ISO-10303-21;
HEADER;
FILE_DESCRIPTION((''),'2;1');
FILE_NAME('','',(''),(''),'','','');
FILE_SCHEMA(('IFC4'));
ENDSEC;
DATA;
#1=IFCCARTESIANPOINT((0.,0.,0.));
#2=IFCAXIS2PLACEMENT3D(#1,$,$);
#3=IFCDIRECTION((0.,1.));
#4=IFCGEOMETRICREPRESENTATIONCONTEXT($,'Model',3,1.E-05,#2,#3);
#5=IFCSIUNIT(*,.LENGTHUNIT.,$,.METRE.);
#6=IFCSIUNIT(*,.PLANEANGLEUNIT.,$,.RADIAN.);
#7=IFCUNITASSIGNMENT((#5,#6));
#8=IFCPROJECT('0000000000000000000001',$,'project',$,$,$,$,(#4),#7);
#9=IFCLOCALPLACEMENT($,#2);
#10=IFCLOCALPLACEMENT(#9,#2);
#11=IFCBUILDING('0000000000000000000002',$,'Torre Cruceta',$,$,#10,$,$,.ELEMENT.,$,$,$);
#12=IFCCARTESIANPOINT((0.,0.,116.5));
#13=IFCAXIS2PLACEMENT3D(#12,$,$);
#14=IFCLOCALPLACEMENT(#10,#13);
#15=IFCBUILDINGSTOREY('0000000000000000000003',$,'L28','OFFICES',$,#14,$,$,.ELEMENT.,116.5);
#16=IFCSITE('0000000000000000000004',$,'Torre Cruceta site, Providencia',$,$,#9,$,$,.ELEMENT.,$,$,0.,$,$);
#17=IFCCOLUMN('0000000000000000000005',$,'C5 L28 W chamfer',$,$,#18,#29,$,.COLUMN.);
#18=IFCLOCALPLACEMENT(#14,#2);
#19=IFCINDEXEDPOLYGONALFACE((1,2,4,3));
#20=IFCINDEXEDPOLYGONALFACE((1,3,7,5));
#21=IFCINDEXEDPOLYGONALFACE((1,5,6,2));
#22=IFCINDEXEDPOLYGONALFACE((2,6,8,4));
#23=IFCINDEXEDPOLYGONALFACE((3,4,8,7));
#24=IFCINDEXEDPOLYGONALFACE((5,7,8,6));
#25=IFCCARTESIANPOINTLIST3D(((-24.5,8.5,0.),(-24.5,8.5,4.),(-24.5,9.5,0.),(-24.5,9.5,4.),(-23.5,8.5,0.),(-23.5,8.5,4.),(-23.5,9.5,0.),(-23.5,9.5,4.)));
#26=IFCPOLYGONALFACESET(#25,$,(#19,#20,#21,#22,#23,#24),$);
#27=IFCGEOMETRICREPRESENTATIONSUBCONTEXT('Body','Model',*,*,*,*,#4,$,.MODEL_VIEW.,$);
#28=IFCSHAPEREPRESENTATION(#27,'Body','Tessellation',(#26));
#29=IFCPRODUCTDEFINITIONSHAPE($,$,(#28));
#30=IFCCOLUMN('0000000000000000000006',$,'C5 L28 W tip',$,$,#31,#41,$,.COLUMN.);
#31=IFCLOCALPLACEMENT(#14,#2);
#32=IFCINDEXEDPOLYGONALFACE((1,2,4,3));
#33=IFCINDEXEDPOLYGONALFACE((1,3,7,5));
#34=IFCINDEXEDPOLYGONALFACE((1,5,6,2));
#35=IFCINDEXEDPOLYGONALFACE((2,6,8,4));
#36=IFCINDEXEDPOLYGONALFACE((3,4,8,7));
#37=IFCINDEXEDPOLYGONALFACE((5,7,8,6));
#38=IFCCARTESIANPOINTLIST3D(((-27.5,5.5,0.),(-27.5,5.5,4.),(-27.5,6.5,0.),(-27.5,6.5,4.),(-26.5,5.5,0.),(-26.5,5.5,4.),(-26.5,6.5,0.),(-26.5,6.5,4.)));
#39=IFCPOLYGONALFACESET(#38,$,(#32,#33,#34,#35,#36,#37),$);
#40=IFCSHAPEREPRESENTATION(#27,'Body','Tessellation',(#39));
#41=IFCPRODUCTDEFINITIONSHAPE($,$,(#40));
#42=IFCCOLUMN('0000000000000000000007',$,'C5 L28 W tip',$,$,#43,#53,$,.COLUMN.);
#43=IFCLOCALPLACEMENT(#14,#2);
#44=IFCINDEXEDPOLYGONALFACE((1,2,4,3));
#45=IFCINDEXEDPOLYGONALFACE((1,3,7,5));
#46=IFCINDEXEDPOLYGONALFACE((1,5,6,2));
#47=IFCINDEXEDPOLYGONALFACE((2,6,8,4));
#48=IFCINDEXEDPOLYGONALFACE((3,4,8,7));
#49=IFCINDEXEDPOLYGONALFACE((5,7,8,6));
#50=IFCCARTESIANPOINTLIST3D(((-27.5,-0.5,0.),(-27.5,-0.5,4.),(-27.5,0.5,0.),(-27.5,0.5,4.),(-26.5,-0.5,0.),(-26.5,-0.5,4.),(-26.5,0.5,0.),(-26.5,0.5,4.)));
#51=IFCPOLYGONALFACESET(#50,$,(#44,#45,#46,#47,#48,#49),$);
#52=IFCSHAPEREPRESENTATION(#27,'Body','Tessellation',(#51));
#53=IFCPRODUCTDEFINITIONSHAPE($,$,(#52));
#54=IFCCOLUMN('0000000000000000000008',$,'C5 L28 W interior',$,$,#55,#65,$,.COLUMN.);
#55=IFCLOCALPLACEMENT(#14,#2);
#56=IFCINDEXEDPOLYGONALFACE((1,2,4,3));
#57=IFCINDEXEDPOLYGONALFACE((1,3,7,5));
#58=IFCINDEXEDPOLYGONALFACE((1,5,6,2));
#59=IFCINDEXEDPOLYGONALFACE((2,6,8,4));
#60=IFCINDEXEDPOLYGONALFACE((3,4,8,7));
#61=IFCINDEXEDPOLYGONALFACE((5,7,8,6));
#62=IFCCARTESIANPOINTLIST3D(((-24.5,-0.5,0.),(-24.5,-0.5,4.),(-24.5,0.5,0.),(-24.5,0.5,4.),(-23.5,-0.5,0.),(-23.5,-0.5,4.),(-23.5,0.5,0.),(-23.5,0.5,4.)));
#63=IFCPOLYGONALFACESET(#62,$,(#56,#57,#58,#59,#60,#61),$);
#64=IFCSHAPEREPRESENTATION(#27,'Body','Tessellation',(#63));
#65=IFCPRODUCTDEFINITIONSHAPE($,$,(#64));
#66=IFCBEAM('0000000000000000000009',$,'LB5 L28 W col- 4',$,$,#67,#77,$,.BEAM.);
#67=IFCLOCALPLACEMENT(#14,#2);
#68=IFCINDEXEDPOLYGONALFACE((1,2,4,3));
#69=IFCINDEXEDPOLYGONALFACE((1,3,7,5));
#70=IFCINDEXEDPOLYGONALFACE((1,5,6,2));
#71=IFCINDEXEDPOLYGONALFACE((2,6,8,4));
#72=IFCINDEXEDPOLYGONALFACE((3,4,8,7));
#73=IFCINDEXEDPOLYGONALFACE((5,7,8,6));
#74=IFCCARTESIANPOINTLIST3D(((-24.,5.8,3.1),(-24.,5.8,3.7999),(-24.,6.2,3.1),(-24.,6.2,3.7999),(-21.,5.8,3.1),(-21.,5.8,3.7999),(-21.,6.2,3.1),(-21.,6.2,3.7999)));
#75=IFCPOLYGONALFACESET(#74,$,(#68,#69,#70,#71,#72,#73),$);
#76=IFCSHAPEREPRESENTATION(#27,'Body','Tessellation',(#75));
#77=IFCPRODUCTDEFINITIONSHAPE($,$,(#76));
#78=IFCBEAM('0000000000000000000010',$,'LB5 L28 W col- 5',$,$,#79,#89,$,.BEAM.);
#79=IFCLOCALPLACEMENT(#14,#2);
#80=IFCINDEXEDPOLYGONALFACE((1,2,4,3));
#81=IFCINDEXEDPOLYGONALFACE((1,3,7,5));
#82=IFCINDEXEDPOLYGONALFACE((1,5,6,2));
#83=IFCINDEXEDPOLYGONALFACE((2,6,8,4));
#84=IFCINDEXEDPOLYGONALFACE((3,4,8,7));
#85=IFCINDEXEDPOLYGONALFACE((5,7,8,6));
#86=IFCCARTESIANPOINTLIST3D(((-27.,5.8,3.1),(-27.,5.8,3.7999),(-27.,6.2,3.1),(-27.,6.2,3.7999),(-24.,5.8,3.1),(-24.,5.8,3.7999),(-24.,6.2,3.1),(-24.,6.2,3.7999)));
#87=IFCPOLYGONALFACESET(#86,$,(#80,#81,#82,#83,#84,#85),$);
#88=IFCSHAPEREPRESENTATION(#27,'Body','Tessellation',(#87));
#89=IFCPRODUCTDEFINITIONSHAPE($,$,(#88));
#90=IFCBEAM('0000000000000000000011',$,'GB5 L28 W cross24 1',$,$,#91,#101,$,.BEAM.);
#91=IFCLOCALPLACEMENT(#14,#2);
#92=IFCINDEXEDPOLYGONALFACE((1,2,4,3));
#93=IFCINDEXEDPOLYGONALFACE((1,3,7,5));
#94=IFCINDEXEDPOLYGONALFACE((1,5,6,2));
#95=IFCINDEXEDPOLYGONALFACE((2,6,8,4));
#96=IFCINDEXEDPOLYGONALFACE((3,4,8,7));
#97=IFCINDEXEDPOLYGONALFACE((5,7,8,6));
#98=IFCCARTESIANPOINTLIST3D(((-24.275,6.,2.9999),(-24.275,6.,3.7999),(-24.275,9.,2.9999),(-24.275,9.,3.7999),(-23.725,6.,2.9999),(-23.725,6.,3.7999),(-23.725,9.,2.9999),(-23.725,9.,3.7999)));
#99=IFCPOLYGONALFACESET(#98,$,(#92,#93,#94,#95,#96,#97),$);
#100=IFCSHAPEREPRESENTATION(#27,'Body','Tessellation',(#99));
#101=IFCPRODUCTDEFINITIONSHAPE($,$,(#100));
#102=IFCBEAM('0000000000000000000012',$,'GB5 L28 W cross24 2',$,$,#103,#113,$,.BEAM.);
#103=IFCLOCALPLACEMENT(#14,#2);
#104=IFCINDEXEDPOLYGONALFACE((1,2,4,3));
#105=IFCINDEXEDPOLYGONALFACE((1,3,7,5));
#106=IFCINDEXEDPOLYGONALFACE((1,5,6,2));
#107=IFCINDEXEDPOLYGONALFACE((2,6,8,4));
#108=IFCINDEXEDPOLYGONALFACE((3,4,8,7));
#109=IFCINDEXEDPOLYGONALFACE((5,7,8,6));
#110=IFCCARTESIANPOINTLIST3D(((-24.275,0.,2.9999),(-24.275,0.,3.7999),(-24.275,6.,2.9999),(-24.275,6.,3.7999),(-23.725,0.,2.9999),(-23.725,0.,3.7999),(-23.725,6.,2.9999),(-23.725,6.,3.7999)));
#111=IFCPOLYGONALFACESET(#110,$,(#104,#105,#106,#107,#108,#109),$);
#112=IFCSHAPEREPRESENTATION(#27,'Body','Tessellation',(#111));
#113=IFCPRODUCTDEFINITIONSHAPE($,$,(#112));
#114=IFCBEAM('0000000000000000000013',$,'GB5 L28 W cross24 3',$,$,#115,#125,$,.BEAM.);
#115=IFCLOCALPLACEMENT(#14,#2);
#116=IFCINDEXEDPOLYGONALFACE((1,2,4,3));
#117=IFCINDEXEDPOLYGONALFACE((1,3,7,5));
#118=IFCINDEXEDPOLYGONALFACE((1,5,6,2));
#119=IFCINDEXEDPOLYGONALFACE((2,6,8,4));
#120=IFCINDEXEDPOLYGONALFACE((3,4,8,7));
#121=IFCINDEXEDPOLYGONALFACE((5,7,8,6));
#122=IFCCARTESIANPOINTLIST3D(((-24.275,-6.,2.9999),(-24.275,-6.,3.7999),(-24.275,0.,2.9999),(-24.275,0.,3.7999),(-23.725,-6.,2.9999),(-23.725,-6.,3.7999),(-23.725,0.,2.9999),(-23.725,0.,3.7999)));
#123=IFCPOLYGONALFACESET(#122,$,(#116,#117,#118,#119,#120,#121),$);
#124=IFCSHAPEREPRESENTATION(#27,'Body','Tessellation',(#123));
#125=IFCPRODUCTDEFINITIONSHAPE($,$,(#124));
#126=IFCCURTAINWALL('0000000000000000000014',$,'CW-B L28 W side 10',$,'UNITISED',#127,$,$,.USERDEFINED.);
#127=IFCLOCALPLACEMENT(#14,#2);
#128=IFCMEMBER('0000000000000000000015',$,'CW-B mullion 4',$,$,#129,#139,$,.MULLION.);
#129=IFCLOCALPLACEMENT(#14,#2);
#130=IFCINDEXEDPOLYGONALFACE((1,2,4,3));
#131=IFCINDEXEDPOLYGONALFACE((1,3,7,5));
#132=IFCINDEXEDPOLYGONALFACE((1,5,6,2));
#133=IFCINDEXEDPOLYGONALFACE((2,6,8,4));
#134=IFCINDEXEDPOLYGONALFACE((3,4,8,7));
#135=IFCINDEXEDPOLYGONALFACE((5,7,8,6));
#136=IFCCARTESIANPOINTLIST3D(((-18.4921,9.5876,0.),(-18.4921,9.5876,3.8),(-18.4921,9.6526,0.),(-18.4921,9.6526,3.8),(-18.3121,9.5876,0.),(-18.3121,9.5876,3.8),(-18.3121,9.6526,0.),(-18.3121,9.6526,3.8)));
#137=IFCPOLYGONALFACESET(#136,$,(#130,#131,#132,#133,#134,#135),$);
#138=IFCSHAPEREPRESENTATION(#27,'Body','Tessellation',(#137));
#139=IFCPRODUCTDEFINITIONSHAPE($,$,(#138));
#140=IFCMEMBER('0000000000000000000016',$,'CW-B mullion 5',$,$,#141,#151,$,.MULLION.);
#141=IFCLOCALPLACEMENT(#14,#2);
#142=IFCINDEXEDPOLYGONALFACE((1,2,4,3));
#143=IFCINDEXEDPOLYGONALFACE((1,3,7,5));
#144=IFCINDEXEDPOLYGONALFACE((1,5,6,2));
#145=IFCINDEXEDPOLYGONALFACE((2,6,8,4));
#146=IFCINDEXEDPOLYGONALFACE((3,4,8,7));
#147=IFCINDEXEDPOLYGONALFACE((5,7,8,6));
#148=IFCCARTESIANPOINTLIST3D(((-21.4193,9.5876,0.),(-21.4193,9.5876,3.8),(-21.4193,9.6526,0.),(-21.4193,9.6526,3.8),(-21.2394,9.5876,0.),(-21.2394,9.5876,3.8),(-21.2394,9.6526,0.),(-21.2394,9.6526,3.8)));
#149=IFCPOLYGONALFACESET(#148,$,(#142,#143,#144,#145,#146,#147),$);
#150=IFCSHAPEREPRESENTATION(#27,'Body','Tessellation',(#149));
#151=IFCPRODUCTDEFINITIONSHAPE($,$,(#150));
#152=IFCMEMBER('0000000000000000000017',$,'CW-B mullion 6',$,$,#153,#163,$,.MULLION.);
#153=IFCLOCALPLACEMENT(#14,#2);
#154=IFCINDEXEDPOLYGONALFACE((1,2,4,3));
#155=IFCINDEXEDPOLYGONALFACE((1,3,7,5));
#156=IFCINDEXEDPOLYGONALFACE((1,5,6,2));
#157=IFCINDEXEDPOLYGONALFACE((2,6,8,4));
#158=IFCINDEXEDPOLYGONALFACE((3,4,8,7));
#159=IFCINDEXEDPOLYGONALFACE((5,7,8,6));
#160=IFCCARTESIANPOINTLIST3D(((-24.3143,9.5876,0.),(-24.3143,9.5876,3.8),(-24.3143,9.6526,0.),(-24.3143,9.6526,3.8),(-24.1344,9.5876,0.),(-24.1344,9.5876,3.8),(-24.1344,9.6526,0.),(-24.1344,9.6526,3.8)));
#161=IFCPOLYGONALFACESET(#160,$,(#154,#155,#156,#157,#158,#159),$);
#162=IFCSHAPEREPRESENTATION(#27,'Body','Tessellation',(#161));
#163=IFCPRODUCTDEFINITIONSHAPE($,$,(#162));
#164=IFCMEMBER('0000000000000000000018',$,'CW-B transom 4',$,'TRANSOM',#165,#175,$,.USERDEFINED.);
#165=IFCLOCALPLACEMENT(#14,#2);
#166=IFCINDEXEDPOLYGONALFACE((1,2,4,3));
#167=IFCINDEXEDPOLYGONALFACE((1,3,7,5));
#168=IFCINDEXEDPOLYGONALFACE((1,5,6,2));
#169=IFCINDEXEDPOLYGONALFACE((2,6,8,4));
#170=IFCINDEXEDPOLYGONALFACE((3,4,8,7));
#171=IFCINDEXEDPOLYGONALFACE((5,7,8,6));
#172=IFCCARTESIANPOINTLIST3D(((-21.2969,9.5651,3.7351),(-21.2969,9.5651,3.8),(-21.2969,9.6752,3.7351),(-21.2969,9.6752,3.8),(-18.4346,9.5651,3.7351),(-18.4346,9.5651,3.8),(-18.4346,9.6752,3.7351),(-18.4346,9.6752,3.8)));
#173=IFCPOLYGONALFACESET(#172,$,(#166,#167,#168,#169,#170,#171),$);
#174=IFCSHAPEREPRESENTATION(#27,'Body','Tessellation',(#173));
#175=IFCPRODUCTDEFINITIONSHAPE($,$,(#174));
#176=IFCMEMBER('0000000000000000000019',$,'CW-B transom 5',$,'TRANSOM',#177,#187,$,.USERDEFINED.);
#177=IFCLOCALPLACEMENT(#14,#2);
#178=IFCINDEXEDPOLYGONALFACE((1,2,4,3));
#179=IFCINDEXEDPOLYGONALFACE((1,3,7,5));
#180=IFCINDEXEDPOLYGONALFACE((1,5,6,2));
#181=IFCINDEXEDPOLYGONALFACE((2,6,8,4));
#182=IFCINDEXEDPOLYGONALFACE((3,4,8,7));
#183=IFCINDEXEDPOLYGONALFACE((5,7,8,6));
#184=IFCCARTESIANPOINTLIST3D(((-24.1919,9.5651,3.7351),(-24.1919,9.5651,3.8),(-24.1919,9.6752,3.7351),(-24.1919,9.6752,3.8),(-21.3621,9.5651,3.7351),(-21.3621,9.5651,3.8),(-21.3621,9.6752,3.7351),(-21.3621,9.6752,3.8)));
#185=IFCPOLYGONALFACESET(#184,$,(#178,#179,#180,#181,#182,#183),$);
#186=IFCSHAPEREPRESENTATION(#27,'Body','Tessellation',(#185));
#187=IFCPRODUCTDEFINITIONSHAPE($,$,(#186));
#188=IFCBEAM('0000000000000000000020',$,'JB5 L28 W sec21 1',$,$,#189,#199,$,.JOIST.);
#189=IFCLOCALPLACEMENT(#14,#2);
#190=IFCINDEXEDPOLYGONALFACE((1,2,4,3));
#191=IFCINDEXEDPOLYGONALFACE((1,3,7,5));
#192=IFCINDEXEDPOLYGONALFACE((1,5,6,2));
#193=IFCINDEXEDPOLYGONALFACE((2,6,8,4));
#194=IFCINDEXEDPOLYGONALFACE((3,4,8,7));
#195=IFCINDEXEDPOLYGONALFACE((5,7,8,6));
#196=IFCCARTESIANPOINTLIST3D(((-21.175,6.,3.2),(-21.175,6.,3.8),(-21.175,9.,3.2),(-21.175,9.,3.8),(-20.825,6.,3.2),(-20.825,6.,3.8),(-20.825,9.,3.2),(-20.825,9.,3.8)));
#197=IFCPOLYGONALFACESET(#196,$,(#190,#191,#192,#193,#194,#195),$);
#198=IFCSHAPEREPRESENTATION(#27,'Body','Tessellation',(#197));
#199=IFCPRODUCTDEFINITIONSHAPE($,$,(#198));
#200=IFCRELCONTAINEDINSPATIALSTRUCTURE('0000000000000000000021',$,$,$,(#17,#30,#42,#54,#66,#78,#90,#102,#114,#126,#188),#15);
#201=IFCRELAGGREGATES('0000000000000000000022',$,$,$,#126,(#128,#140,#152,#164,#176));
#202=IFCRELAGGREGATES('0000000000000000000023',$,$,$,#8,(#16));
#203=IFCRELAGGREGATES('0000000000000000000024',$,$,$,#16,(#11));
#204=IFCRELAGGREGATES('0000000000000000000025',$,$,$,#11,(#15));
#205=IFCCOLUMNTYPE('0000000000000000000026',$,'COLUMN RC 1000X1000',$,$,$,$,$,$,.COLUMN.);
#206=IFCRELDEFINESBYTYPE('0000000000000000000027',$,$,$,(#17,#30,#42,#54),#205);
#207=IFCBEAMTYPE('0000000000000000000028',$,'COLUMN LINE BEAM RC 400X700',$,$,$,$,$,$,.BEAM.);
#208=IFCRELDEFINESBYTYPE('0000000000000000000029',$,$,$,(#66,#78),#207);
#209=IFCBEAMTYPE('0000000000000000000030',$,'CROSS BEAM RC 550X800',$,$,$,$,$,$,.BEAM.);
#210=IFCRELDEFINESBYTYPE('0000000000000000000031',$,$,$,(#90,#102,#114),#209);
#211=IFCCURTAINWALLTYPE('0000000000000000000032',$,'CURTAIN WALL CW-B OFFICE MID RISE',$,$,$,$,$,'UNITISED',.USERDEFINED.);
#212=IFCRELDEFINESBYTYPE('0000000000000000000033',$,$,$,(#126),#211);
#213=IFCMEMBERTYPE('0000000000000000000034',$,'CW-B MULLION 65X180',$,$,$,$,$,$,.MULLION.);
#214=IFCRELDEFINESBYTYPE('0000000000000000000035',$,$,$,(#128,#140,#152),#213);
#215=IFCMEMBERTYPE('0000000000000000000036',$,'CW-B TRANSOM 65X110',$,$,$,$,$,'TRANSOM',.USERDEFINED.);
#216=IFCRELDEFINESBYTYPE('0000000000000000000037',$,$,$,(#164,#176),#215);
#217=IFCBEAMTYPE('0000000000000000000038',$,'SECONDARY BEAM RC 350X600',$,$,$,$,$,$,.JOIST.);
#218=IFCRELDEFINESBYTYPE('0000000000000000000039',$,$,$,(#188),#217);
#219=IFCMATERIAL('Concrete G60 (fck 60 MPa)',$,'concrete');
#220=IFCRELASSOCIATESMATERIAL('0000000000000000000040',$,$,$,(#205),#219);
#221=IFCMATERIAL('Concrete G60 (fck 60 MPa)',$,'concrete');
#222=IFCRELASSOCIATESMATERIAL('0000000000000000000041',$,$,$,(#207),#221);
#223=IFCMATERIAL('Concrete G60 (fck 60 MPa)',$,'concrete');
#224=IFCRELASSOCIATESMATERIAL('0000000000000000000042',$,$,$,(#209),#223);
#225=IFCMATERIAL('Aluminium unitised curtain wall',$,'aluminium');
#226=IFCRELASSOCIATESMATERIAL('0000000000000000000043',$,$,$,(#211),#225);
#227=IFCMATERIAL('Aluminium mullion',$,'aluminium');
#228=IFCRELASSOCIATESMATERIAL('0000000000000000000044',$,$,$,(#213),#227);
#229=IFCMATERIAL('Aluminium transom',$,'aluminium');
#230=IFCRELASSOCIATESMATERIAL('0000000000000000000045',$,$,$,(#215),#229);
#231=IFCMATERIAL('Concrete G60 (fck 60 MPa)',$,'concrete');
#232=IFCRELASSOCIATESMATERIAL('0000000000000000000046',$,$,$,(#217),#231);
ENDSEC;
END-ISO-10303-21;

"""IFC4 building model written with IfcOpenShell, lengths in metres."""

from ifc_helpers import new_model, si_unit, direction, frame, origin, origin_2d, place, context, subcontext, project, spatial, rectangle, extrude, material, material_profile, profile_set, type_object, element, aggregate, save


model = new_model("IFC4")

# Units and contexts
model_context = context("Model", 3, precision=1e-05, world=origin(), true_north=direction((0.0, 1.0)))
body_context = subcontext(model_context, "Body", "Model", "MODEL_VIEW")
ifc_project = project(units=[si_unit("LENGTHUNIT", "METRE"), si_unit("PLANEANGLEUNIT", "RADIAN")], contexts=[model_context])

# Site, building, storey
site_placement = place(None, origin())
site = spatial("IfcSite", under=ifc_project, at=site_placement, Name="Torre Cruceta site, Providencia", CompositionType="ELEMENT", RefElevation=0.0)
building_placement = place(site_placement, origin())
building = spatial("IfcBuilding", under=site, at=building_placement, Name="Torre Cruceta", CompositionType="ELEMENT")
storey_placement = place(building_placement, frame((0.0, 0.0, 116.5)))
storey = spatial("IfcBuildingStorey", under=building, at=storey_placement, Name="L28", Description="OFFICES", CompositionType="ELEMENT", Elevation=116.5)

# Columns
ifc_material_1 = material(Name="Concrete G60 (fck 60 MPa)", Category="concrete")
ifc_material_profile_1 = material_profile(ifc_material_1, rectangle(XDim=1.0, YDim=1.0, at=origin_2d()), Name="RC 1000X1000")
ifc_profile_set_1 = profile_set([ifc_material_profile_1], Name="Concrete G60 (fck 60 MPa)")
column_type = type_object("IfcColumnType", Name="COLUMN RC 1000X1000", PredefinedType="COLUMN", material=ifc_profile_set_1)
for number, where, z_axis, x_axis, name in (
    (1, (-24.0, 9.0, 0.0), (0.0, 0.0, 1.0), (1.0, 0.0, 0.0), "C5 L28 W chamfer"),
    (2, (-27.0, 6.0, 0.0), (0.0, 0.0, 1.0), (1.0, 0.0, 0.0), "C5 L28 W tip"),
    (3, (-27.0, 0.0, 0.0), (0.0, 0.0, 1.0), (1.0, 0.0, 0.0), "C5 L28 W tip"),
    (4, (-24.0, 0.0, 0.0), (0.0, 0.0, 1.0), (1.0, 0.0, 0.0), "C5 L28 W interior"),
):
    element("IfcColumn", number, at=place(storey_placement, frame(where, z_axis=z_axis, x_axis=x_axis)), inside=storey, type_object=column_type, Name=name, PredefinedType="COLUMN", context=body_context, shape_type="SweptSolid", body=[
        extrude(rectangle(XDim=1.0, YDim=1.0, at=origin_2d()), origin(), (0.0, 0.0, 1.0), 4.0),
    ])

# Beams
ifc_material_2 = material(Name="Concrete G60 (fck 60 MPa)", Category="concrete")
ifc_material_profile_2 = material_profile(ifc_material_2, rectangle(XDim=0.3999, YDim=0.7, at=origin_2d()), Name="RC 400X700")
ifc_profile_set_2 = profile_set([ifc_material_profile_2], Name="Concrete G60 (fck 60 MPa)")
beam_type_1 = type_object("IfcBeamType", Name="COLUMN LINE BEAM RC 400X700", PredefinedType="BEAM", material=ifc_profile_set_2)
for number, where, z_axis, x_axis, name in (
    (5, (-21.0, 6.0, 3.45), (-1.0, 0.0, 0.0), (0.0, -1.0, 0.0), "LB5 L28 W col- 4"),
    (6, (-24.0, 6.0, 3.45), (-1.0, 0.0, 0.0), (0.0, -1.0, 0.0), "LB5 L28 W col- 5"),
):
    element("IfcBeam", number, at=place(storey_placement, frame(where, z_axis=z_axis, x_axis=x_axis)), inside=storey, type_object=beam_type_1, Name=name, PredefinedType="BEAM", context=body_context, shape_type="SweptSolid", body=[
        extrude(rectangle(XDim=0.3999, YDim=0.7, at=origin_2d()), origin(), (0.0, 0.0, 1.0), 3.0),
    ])
ifc_material_3 = material(Name="Concrete G60 (fck 60 MPa)", Category="concrete")
ifc_material_profile_3 = material_profile(ifc_material_3, rectangle(XDim=0.55, YDim=0.8, at=origin_2d()), Name="RC 550X800")
ifc_profile_set_3 = profile_set([ifc_material_profile_3], Name="Concrete G60 (fck 60 MPa)")
beam_type_2 = type_object("IfcBeamType", Name="CROSS BEAM RC 550X800", PredefinedType="BEAM", material=ifc_profile_set_3)
beam_1_placement = place(storey_placement, frame((-24.0, 9.0, 3.3999), z_axis=(0.0, -1.0, 0.0), x_axis=(1.0, 0.0, 0.0)))
element("IfcBeam", 7, at=beam_1_placement, inside=storey, type_object=beam_type_2, Name="GB5 L28 W cross24 1", PredefinedType="BEAM", context=body_context, shape_type="SweptSolid", body=[
    extrude(rectangle(XDim=0.55, YDim=0.8, at=origin_2d()), origin(), (0.0, 0.0, 1.0), 3.0),
])
for number, where, z_axis, x_axis, name in (
    (8, (-24.0, 6.0, 3.3999), (0.0, -1.0, 0.0), (1.0, 0.0, 0.0), "GB5 L28 W cross24 2"),
    (9, (-24.0, 0.0, 3.3999), (0.0, -1.0, 0.0), (1.0, 0.0, 0.0), "GB5 L28 W cross24 3"),
):
    element("IfcBeam", number, at=place(storey_placement, frame(where, z_axis=z_axis, x_axis=x_axis)), inside=storey, type_object=beam_type_2, Name=name, PredefinedType="BEAM", context=body_context, shape_type="SweptSolid", body=[
        extrude(rectangle(XDim=0.55, YDim=0.8, at=origin_2d()), origin(), (0.0, 0.0, 1.0), 6.0),
    ])

# Curtain wall, members
ifc_material_4 = material(Name="Aluminium unitised curtain wall", Category="aluminium")
curtain_wall_type = type_object("IfcCurtainWallType", Name="CURTAIN WALL CW-B OFFICE MID RISE", ElementType="UNITISED", PredefinedType="USERDEFINED", material=ifc_material_4)
curtain_wall_placement = place(storey_placement, origin())
curtain_wall = element("IfcCurtainWall", 10, at=curtain_wall_placement, inside=storey, type_object=curtain_wall_type, Name="CW-B L28 W side 10", ObjectType="UNITISED", PredefinedType="USERDEFINED")
ifc_material_5 = material(Name="Aluminium mullion", Category="aluminium")
ifc_material_profile_4 = material_profile(ifc_material_5, rectangle(XDim=0.0649, YDim=0.1799, at=origin_2d()), Name="AL 65X180")
ifc_profile_set_4 = profile_set([ifc_material_profile_4], Name="Aluminium mullion")
member_type_1 = type_object("IfcMemberType", Name="CW-B MULLION 65X180", PredefinedType="MULLION", material=ifc_profile_set_4)
member_1_placement = place(storey_placement, frame((-18.4021, 9.6201, 0.0), z_axis=(0.0, 0.0, 1.0), x_axis=(0.0, -1.0, 0.0)))
member_1 = element("IfcMember", 11, at=member_1_placement, type_object=member_type_1, Name="CW-B mullion 4", PredefinedType="MULLION", context=body_context, shape_type="SweptSolid", body=[
    extrude(rectangle(XDim=0.0649, YDim=0.1799, at=origin_2d()), origin(), (0.0, 0.0, 1.0), 3.8),
])
member_2_placement = place(storey_placement, frame((-21.3293, 9.6201, 0.0), z_axis=(0.0, 0.0, 1.0), x_axis=(0.0, -1.0, 0.0)))
member_2 = element("IfcMember", 12, at=member_2_placement, type_object=member_type_1, Name="CW-B mullion 5", PredefinedType="MULLION", context=body_context, shape_type="SweptSolid", body=[
    extrude(rectangle(XDim=0.0649, YDim=0.1799, at=origin_2d()), origin(), (0.0, 0.0, 1.0), 3.8),
])
member_3_placement = place(storey_placement, frame((-24.2244, 9.6201, 0.0), z_axis=(0.0, 0.0, 1.0), x_axis=(0.0, -1.0, 0.0)))
member_3 = element("IfcMember", 13, at=member_3_placement, type_object=member_type_1, Name="CW-B mullion 6", PredefinedType="MULLION", context=body_context, shape_type="SweptSolid", body=[
    extrude(rectangle(XDim=0.0649, YDim=0.1799, at=origin_2d()), origin(), (0.0, 0.0, 1.0), 3.8),
])
ifc_material_6 = material(Name="Aluminium transom", Category="aluminium")
ifc_material_profile_5 = material_profile(ifc_material_6, rectangle(XDim=0.1101, YDim=0.0649, at=origin_2d()), Name="AL 110X65")
ifc_profile_set_5 = profile_set([ifc_material_profile_5], Name="Aluminium transom")
member_type_2 = type_object("IfcMemberType", Name="CW-B TRANSOM 65X110", ElementType="TRANSOM", PredefinedType="USERDEFINED", material=ifc_profile_set_5)
member_4_placement = place(storey_placement, frame((-18.4346, 9.6201, 3.7676), z_axis=(-1.0, 0.0, 0.0), x_axis=(0.0, -1.0, 0.0)))
member_4 = element("IfcMember", 14, at=member_4_placement, type_object=member_type_2, Name="CW-B transom 4", ObjectType="TRANSOM", PredefinedType="USERDEFINED", context=body_context, shape_type="SweptSolid", body=[
    extrude(rectangle(XDim=0.1101, YDim=0.0649, at=origin_2d()), origin(), (0.0, 0.0, 1.0), 2.8623),
])
member_5_placement = place(storey_placement, frame((-21.3621, 9.6201, 3.7676), z_axis=(-1.0, 0.0, 0.0), x_axis=(0.0, -1.0, 0.0)))
member_5 = element("IfcMember", 15, at=member_5_placement, type_object=member_type_2, Name="CW-B transom 5", ObjectType="TRANSOM", PredefinedType="USERDEFINED", context=body_context, shape_type="SweptSolid", body=[
    extrude(rectangle(XDim=0.1101, YDim=0.0649, at=origin_2d()), origin(), (0.0, 0.0, 1.0), 2.8298),
])

# Beam
ifc_material_7 = material(Name="Concrete G60 (fck 60 MPa)", Category="concrete")
ifc_material_profile_6 = material_profile(ifc_material_7, rectangle(XDim=0.3501, YDim=0.6001, at=origin_2d()), Name="RC 350X600")
ifc_profile_set_6 = profile_set([ifc_material_profile_6], Name="Concrete G60 (fck 60 MPa)")
beam_type_3 = type_object("IfcBeamType", Name="SECONDARY BEAM RC 350X600", PredefinedType="JOIST", material=ifc_profile_set_6)
beam_2_placement = place(storey_placement, frame((-21.0, 9.0, 3.5), z_axis=(0.0, -1.0, 0.0), x_axis=(1.0, 0.0, 0.0)))
element("IfcBeam", 16, at=beam_2_placement, inside=storey, type_object=beam_type_3, Name="JB5 L28 W sec21 1", PredefinedType="JOIST", context=body_context, shape_type="SweptSolid", body=[
    extrude(rectangle(XDim=0.3501, YDim=0.6001, at=origin_2d()), origin(), (0.0, 0.0, 1.0), 3.0),
])

aggregate(curtain_wall, [member_1, member_2, member_3, member_4, member_5])

save(model, "model.ifc")
